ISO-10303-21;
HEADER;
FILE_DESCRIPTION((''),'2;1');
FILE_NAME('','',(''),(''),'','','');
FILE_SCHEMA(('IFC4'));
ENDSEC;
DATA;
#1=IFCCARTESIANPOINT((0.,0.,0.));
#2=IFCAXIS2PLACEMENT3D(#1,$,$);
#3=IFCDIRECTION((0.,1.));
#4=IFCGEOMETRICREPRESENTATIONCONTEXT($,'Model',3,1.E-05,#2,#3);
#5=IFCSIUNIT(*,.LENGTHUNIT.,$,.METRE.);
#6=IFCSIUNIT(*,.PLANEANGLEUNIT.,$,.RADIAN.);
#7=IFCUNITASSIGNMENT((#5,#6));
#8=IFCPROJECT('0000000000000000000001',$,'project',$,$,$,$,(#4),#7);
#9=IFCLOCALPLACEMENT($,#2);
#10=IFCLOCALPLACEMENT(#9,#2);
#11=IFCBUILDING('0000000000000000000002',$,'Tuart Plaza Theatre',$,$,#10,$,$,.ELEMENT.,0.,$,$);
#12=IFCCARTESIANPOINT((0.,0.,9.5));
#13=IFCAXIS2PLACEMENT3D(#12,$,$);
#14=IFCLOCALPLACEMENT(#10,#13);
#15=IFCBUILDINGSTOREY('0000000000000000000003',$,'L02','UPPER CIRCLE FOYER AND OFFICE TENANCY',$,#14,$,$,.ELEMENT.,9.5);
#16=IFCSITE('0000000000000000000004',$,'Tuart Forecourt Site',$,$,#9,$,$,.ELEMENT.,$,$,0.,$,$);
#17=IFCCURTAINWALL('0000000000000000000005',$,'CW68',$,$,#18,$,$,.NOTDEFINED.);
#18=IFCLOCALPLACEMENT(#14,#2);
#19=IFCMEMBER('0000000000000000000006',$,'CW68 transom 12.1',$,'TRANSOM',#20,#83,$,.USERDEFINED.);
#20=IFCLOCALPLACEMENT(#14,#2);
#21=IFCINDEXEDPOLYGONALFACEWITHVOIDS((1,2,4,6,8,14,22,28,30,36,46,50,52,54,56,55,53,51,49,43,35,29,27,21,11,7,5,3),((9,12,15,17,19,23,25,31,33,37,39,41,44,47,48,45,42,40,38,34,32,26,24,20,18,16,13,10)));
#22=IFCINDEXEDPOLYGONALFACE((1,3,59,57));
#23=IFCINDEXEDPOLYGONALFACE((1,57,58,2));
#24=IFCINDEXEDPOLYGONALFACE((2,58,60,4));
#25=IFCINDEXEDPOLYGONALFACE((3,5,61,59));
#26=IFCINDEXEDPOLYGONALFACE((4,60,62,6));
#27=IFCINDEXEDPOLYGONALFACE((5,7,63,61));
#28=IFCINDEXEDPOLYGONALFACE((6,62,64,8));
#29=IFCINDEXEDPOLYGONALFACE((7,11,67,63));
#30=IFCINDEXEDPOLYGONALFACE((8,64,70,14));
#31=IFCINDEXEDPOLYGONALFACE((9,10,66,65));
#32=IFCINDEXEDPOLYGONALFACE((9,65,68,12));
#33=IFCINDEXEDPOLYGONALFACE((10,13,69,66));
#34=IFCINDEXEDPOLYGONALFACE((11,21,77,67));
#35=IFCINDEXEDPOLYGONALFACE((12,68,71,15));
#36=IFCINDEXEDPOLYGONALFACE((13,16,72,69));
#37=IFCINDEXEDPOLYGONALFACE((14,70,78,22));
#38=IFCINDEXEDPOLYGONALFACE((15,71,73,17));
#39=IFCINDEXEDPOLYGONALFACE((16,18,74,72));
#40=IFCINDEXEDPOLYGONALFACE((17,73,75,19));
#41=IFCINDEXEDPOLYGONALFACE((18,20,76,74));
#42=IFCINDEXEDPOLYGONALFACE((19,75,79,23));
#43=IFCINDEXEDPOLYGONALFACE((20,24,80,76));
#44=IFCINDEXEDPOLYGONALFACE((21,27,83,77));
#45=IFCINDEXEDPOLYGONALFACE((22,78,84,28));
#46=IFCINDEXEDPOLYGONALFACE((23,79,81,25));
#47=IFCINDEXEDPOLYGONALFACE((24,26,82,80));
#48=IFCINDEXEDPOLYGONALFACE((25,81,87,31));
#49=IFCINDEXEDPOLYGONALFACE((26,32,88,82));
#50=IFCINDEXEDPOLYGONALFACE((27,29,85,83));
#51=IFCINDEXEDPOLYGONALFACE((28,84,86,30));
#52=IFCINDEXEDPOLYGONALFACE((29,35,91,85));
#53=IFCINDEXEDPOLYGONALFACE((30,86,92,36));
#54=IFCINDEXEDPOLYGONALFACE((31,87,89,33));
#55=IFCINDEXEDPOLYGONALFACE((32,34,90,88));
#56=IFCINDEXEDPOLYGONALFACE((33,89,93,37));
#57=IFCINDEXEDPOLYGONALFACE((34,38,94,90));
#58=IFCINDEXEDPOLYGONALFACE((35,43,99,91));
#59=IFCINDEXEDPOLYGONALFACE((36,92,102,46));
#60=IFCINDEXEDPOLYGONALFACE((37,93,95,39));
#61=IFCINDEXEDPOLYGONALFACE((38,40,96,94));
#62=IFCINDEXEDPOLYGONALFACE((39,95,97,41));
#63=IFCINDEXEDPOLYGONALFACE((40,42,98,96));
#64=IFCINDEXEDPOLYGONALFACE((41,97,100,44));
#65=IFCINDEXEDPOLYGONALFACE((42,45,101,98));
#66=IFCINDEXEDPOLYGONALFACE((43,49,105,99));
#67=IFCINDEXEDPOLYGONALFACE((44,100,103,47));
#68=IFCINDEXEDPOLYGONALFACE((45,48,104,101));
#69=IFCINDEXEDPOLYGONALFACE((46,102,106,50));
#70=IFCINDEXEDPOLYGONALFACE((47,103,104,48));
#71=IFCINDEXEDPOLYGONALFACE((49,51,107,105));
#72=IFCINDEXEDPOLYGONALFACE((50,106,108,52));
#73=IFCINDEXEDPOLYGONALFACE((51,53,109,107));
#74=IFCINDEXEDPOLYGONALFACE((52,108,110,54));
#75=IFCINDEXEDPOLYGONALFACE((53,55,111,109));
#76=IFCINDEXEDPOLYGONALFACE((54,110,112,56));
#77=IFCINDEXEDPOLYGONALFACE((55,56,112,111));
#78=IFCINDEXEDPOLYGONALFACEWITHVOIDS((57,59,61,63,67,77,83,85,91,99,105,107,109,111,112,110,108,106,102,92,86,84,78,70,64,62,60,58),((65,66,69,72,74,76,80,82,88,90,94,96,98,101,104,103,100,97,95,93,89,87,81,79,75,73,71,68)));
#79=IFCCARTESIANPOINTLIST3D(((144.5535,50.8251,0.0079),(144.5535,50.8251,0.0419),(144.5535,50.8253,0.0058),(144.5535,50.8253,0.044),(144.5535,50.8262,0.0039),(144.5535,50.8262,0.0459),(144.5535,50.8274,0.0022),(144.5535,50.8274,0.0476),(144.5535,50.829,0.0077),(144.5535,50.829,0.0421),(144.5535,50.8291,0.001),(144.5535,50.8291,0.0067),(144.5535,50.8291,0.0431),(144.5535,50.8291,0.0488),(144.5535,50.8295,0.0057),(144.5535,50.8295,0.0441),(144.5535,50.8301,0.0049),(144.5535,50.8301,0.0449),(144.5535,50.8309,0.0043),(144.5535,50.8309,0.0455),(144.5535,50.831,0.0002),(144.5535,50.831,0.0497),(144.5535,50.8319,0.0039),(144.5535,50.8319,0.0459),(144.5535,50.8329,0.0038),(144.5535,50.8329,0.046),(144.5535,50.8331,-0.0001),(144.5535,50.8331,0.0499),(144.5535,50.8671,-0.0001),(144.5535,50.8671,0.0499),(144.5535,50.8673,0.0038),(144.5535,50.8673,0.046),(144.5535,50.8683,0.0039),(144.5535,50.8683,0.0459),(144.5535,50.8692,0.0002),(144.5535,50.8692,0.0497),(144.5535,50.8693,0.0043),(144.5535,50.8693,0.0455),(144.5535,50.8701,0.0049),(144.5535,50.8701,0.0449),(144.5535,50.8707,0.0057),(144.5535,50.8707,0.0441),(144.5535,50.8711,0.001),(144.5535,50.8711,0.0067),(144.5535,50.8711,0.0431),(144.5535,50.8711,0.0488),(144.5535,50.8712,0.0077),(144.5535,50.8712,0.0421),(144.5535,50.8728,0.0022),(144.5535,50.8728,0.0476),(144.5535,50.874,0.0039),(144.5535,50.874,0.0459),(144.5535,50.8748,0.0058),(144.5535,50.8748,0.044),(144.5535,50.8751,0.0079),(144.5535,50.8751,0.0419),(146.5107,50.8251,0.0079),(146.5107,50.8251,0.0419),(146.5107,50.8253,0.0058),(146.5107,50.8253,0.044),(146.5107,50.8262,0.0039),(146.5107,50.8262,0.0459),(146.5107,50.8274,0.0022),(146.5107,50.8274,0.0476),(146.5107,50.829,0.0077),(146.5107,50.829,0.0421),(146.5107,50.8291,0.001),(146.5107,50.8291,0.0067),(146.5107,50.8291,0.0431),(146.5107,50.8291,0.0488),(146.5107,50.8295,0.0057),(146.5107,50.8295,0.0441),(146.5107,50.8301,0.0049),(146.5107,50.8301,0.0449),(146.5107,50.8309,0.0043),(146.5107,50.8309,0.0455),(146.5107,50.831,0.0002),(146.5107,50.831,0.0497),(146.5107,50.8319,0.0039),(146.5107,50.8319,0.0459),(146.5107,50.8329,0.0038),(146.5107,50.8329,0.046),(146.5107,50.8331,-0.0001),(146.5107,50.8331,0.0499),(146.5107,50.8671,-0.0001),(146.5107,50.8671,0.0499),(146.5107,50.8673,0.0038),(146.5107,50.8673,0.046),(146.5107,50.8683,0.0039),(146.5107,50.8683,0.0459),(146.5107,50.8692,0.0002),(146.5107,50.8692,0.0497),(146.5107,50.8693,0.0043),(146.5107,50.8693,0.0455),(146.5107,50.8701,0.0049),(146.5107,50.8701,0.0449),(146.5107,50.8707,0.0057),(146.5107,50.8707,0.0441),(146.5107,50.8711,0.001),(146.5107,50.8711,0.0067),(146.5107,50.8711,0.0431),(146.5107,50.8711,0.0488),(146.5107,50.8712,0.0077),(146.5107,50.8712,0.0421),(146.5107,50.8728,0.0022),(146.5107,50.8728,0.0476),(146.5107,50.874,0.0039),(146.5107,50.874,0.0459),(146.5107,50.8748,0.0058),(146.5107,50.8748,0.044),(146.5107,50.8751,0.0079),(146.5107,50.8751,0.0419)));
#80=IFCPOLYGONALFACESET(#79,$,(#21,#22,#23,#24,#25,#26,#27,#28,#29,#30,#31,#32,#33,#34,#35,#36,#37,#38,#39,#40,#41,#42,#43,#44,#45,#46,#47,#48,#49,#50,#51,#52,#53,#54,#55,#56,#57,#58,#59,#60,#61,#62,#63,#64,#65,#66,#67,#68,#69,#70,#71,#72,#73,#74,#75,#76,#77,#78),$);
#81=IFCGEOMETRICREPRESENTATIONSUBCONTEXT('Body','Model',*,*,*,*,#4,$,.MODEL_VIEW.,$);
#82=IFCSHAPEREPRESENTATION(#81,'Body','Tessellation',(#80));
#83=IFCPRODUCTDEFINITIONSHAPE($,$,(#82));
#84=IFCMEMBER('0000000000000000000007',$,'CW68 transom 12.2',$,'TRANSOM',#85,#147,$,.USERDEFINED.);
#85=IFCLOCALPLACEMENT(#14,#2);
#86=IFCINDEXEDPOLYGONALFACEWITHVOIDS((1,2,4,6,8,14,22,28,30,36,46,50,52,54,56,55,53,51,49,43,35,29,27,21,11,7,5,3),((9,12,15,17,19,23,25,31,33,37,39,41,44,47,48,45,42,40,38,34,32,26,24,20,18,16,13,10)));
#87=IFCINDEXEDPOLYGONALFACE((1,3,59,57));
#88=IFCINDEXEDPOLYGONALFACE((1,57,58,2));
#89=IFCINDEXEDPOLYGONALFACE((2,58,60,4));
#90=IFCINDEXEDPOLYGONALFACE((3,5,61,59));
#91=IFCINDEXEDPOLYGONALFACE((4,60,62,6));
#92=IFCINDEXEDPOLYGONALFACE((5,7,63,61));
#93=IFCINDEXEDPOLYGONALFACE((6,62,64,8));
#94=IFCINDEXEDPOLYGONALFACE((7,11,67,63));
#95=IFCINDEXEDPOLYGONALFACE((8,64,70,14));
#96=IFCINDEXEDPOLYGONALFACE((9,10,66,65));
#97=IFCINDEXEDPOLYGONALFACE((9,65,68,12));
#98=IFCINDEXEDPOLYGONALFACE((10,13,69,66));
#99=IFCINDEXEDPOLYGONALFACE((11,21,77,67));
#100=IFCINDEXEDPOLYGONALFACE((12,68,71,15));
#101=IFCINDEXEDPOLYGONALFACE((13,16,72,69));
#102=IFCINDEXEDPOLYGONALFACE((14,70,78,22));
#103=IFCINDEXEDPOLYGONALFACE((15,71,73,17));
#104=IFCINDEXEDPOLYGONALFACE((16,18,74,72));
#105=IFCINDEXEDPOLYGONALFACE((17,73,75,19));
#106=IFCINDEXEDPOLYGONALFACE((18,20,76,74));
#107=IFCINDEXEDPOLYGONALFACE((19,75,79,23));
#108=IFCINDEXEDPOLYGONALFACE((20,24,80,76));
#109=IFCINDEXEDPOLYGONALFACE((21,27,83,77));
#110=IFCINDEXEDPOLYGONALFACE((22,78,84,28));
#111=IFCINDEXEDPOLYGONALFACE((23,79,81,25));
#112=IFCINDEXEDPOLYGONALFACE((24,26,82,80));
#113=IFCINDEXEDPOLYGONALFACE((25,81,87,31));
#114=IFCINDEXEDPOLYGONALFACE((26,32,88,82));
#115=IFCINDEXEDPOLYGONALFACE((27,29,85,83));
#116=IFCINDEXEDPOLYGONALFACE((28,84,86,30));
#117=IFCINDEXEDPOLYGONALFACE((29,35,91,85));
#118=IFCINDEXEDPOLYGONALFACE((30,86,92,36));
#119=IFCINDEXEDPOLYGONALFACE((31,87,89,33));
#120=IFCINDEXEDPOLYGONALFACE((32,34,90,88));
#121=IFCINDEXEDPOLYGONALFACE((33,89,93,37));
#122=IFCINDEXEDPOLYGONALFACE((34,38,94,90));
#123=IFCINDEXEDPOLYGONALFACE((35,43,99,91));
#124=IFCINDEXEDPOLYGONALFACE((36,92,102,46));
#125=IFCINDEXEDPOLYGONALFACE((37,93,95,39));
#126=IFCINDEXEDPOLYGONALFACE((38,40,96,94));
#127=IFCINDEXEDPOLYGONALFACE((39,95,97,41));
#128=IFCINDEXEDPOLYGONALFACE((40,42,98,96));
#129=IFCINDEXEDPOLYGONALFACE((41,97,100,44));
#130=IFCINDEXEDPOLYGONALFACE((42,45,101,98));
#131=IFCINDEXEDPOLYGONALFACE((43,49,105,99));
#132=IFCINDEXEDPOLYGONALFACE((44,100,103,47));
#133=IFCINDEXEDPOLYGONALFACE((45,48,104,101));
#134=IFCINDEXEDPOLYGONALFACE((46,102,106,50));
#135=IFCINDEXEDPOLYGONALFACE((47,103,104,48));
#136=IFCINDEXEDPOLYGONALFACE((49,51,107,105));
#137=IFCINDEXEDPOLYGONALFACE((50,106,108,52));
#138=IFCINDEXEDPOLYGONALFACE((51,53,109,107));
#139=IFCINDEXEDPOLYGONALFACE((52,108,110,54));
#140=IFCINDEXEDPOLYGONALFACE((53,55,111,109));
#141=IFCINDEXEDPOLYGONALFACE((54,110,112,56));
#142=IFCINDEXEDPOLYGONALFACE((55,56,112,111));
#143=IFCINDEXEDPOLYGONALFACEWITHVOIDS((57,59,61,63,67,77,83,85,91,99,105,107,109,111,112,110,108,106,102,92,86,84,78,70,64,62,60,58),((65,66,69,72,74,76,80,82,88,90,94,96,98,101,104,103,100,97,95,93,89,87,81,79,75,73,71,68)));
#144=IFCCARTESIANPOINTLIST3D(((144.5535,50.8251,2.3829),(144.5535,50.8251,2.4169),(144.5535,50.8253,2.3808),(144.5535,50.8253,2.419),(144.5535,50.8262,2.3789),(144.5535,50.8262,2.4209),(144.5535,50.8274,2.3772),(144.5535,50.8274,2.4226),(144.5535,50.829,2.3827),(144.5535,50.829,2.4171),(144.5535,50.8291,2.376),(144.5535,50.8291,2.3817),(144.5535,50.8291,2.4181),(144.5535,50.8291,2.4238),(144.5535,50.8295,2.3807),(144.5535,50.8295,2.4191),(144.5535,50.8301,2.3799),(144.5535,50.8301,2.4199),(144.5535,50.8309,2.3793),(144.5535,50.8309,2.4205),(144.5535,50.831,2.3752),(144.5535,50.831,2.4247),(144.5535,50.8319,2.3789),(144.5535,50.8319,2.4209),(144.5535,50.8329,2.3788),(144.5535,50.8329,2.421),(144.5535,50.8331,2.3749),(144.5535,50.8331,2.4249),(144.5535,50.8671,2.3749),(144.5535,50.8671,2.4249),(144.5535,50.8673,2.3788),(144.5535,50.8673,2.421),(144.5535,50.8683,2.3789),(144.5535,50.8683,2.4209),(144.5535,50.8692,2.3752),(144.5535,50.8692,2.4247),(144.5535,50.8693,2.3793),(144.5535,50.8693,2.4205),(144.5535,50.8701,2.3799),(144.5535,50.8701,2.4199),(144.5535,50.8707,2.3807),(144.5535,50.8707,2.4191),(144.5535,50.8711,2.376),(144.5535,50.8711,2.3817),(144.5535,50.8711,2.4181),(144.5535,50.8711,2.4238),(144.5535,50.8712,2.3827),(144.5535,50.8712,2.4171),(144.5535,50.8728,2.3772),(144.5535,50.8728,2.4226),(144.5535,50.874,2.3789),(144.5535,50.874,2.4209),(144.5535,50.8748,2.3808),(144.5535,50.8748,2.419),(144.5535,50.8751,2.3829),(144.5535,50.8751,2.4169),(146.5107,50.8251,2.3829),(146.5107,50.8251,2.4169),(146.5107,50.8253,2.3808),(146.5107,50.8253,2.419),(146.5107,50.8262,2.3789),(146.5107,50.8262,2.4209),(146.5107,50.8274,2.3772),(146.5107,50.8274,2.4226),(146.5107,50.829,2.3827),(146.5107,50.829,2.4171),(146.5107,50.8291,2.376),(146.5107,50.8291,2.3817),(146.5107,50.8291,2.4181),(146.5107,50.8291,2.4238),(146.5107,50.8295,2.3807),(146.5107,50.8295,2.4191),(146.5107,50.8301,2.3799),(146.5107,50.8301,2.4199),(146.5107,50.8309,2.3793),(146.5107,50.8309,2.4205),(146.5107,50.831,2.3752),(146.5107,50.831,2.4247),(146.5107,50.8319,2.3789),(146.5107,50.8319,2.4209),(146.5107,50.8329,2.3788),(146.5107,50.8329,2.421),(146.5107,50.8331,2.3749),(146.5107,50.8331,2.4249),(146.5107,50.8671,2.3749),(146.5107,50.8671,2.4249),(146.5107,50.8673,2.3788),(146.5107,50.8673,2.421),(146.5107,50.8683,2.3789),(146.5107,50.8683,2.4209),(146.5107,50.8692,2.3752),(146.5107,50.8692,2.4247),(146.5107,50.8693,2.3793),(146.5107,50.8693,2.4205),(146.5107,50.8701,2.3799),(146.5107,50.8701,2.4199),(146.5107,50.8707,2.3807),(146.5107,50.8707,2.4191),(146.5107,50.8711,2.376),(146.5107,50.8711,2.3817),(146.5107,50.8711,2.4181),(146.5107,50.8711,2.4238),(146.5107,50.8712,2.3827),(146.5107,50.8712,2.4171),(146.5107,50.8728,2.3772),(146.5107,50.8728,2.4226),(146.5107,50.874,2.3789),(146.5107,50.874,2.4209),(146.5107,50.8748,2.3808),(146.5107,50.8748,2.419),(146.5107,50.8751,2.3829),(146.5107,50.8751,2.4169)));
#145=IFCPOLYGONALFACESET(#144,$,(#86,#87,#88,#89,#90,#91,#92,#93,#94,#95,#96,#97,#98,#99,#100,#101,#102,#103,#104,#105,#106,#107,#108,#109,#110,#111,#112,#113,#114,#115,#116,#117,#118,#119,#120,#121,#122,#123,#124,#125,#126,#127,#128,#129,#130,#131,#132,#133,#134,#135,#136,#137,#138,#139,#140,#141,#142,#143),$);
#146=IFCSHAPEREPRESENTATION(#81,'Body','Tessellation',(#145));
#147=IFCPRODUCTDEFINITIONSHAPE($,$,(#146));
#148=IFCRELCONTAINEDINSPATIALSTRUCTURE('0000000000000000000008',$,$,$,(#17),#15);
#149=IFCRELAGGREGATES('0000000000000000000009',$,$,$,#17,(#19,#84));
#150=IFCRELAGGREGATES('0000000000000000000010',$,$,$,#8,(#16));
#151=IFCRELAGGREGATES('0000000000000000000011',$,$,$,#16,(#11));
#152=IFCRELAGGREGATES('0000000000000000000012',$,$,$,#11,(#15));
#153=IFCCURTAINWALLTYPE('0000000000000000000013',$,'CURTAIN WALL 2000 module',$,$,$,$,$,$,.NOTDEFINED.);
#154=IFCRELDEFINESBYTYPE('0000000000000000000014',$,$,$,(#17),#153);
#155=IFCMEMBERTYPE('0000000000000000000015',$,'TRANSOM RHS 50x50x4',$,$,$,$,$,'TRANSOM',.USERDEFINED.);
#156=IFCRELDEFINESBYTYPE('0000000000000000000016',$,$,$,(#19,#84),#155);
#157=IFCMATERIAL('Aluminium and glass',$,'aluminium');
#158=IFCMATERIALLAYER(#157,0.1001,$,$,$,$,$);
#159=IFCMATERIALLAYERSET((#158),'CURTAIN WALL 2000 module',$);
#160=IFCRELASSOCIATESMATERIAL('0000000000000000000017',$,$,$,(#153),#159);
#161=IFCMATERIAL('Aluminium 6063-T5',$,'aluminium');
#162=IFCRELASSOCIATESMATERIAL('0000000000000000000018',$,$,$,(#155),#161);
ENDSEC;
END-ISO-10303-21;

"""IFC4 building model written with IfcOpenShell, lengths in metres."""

from ifc_helpers import new_model, si_unit, direction, frame, origin, origin_2d, place, context, subcontext, project, spatial, hollow_rectangle, extrude, material, layer, layer_set, material_profile, profile_set, type_object, element, aggregate, save


model = new_model("IFC4")

# Units and contexts
model_context = context("Model", 3, precision=1e-05, world=origin(), true_north=direction((0.0, 1.0)))
body_context = subcontext(model_context, "Body", "Model", "MODEL_VIEW")
ifc_project = project(units=[si_unit("LENGTHUNIT", "METRE"), si_unit("PLANEANGLEUNIT", "RADIAN")], contexts=[model_context])

# Site, building, storey
site_placement = place(None, origin())
site = spatial("IfcSite", under=ifc_project, at=site_placement, Name="Tuart Forecourt Site", CompositionType="ELEMENT", RefElevation=0.0)
building_placement = place(site_placement, origin())
building = spatial("IfcBuilding", under=site, at=building_placement, Name="Tuart Plaza Theatre", CompositionType="ELEMENT", ElevationOfRefHeight=0.0)
storey_placement = place(building_placement, frame((0.0, 0.0, 9.5)))
storey = spatial("IfcBuildingStorey", under=building, at=storey_placement, Name="L02", Description="UPPER CIRCLE FOYER AND OFFICE TENANCY", CompositionType="ELEMENT", Elevation=9.5)

# Curtain wall, members
ifc_material_1 = material(Name="Aluminium and glass", Category="aluminium")
ifc_layer_1 = layer(ifc_material_1, 0.1001)
ifc_layer_set_1 = layer_set([ifc_layer_1], Name="CURTAIN WALL 2000 module")
curtain_wall_type = type_object("IfcCurtainWallType", Name="CURTAIN WALL 2000 module", PredefinedType="NOTDEFINED", material=ifc_layer_set_1)
curtain_wall_placement = place(storey_placement, origin())
curtain_wall = element("IfcCurtainWall", 1, at=curtain_wall_placement, inside=storey, type_object=curtain_wall_type, Name="CW68", PredefinedType="NOTDEFINED")
ifc_material_2 = material(Name="Aluminium 6063-T5", Category="aluminium")
ifc_material_profile_1 = material_profile(ifc_material_2, hollow_rectangle(XDim=0.05, YDim=0.05, WallThickness=0.0039, InnerFilletRadius=0.0039, OuterFilletRadius=0.0081, at=origin_2d()), Name="RHS 50x50x4")
ifc_profile_set_1 = profile_set([ifc_material_profile_1], Name="Aluminium 6063-T5")
member_type_1 = type_object("IfcMemberType", Name="TRANSOM RHS 50x50x4", ElementType="TRANSOM", PredefinedType="USERDEFINED", material=ifc_profile_set_1)
member_1_placement = place(storey_placement, frame((144.5535, 50.8501, 0.0249), z_axis=(1.0, 0.0, 0.0), x_axis=(0.0, 1.0, 0.0)))
member_1 = element("IfcMember", 2, at=member_1_placement, type_object=member_type_1, Name="CW68 transom 12.1", ObjectType="TRANSOM", PredefinedType="USERDEFINED", context=body_context, shape_type="SweptSolid", body=[
    extrude(hollow_rectangle(XDim=0.05, YDim=0.05, WallThickness=0.0039, InnerFilletRadius=0.0039, OuterFilletRadius=0.0081, at=origin_2d()), origin(), (0.0, 0.0, 1.0), 1.9573),
])
member_2_placement = place(storey_placement, frame((144.5535, 50.8501, 2.3999), z_axis=(1.0, 0.0, 0.0), x_axis=(0.0, 1.0, 0.0)))
member_2 = element("IfcMember", 3, at=member_2_placement, type_object=member_type_1, Name="CW68 transom 12.2", ObjectType="TRANSOM", PredefinedType="USERDEFINED", context=body_context, shape_type="SweptSolid", body=[
    extrude(hollow_rectangle(XDim=0.05, YDim=0.05, WallThickness=0.0039, InnerFilletRadius=0.0039, OuterFilletRadius=0.0081, at=origin_2d()), origin(), (0.0, 0.0, 1.0), 1.9573),
])
aggregate(curtain_wall, [member_1, member_2])

save(model, "model.ifc")
